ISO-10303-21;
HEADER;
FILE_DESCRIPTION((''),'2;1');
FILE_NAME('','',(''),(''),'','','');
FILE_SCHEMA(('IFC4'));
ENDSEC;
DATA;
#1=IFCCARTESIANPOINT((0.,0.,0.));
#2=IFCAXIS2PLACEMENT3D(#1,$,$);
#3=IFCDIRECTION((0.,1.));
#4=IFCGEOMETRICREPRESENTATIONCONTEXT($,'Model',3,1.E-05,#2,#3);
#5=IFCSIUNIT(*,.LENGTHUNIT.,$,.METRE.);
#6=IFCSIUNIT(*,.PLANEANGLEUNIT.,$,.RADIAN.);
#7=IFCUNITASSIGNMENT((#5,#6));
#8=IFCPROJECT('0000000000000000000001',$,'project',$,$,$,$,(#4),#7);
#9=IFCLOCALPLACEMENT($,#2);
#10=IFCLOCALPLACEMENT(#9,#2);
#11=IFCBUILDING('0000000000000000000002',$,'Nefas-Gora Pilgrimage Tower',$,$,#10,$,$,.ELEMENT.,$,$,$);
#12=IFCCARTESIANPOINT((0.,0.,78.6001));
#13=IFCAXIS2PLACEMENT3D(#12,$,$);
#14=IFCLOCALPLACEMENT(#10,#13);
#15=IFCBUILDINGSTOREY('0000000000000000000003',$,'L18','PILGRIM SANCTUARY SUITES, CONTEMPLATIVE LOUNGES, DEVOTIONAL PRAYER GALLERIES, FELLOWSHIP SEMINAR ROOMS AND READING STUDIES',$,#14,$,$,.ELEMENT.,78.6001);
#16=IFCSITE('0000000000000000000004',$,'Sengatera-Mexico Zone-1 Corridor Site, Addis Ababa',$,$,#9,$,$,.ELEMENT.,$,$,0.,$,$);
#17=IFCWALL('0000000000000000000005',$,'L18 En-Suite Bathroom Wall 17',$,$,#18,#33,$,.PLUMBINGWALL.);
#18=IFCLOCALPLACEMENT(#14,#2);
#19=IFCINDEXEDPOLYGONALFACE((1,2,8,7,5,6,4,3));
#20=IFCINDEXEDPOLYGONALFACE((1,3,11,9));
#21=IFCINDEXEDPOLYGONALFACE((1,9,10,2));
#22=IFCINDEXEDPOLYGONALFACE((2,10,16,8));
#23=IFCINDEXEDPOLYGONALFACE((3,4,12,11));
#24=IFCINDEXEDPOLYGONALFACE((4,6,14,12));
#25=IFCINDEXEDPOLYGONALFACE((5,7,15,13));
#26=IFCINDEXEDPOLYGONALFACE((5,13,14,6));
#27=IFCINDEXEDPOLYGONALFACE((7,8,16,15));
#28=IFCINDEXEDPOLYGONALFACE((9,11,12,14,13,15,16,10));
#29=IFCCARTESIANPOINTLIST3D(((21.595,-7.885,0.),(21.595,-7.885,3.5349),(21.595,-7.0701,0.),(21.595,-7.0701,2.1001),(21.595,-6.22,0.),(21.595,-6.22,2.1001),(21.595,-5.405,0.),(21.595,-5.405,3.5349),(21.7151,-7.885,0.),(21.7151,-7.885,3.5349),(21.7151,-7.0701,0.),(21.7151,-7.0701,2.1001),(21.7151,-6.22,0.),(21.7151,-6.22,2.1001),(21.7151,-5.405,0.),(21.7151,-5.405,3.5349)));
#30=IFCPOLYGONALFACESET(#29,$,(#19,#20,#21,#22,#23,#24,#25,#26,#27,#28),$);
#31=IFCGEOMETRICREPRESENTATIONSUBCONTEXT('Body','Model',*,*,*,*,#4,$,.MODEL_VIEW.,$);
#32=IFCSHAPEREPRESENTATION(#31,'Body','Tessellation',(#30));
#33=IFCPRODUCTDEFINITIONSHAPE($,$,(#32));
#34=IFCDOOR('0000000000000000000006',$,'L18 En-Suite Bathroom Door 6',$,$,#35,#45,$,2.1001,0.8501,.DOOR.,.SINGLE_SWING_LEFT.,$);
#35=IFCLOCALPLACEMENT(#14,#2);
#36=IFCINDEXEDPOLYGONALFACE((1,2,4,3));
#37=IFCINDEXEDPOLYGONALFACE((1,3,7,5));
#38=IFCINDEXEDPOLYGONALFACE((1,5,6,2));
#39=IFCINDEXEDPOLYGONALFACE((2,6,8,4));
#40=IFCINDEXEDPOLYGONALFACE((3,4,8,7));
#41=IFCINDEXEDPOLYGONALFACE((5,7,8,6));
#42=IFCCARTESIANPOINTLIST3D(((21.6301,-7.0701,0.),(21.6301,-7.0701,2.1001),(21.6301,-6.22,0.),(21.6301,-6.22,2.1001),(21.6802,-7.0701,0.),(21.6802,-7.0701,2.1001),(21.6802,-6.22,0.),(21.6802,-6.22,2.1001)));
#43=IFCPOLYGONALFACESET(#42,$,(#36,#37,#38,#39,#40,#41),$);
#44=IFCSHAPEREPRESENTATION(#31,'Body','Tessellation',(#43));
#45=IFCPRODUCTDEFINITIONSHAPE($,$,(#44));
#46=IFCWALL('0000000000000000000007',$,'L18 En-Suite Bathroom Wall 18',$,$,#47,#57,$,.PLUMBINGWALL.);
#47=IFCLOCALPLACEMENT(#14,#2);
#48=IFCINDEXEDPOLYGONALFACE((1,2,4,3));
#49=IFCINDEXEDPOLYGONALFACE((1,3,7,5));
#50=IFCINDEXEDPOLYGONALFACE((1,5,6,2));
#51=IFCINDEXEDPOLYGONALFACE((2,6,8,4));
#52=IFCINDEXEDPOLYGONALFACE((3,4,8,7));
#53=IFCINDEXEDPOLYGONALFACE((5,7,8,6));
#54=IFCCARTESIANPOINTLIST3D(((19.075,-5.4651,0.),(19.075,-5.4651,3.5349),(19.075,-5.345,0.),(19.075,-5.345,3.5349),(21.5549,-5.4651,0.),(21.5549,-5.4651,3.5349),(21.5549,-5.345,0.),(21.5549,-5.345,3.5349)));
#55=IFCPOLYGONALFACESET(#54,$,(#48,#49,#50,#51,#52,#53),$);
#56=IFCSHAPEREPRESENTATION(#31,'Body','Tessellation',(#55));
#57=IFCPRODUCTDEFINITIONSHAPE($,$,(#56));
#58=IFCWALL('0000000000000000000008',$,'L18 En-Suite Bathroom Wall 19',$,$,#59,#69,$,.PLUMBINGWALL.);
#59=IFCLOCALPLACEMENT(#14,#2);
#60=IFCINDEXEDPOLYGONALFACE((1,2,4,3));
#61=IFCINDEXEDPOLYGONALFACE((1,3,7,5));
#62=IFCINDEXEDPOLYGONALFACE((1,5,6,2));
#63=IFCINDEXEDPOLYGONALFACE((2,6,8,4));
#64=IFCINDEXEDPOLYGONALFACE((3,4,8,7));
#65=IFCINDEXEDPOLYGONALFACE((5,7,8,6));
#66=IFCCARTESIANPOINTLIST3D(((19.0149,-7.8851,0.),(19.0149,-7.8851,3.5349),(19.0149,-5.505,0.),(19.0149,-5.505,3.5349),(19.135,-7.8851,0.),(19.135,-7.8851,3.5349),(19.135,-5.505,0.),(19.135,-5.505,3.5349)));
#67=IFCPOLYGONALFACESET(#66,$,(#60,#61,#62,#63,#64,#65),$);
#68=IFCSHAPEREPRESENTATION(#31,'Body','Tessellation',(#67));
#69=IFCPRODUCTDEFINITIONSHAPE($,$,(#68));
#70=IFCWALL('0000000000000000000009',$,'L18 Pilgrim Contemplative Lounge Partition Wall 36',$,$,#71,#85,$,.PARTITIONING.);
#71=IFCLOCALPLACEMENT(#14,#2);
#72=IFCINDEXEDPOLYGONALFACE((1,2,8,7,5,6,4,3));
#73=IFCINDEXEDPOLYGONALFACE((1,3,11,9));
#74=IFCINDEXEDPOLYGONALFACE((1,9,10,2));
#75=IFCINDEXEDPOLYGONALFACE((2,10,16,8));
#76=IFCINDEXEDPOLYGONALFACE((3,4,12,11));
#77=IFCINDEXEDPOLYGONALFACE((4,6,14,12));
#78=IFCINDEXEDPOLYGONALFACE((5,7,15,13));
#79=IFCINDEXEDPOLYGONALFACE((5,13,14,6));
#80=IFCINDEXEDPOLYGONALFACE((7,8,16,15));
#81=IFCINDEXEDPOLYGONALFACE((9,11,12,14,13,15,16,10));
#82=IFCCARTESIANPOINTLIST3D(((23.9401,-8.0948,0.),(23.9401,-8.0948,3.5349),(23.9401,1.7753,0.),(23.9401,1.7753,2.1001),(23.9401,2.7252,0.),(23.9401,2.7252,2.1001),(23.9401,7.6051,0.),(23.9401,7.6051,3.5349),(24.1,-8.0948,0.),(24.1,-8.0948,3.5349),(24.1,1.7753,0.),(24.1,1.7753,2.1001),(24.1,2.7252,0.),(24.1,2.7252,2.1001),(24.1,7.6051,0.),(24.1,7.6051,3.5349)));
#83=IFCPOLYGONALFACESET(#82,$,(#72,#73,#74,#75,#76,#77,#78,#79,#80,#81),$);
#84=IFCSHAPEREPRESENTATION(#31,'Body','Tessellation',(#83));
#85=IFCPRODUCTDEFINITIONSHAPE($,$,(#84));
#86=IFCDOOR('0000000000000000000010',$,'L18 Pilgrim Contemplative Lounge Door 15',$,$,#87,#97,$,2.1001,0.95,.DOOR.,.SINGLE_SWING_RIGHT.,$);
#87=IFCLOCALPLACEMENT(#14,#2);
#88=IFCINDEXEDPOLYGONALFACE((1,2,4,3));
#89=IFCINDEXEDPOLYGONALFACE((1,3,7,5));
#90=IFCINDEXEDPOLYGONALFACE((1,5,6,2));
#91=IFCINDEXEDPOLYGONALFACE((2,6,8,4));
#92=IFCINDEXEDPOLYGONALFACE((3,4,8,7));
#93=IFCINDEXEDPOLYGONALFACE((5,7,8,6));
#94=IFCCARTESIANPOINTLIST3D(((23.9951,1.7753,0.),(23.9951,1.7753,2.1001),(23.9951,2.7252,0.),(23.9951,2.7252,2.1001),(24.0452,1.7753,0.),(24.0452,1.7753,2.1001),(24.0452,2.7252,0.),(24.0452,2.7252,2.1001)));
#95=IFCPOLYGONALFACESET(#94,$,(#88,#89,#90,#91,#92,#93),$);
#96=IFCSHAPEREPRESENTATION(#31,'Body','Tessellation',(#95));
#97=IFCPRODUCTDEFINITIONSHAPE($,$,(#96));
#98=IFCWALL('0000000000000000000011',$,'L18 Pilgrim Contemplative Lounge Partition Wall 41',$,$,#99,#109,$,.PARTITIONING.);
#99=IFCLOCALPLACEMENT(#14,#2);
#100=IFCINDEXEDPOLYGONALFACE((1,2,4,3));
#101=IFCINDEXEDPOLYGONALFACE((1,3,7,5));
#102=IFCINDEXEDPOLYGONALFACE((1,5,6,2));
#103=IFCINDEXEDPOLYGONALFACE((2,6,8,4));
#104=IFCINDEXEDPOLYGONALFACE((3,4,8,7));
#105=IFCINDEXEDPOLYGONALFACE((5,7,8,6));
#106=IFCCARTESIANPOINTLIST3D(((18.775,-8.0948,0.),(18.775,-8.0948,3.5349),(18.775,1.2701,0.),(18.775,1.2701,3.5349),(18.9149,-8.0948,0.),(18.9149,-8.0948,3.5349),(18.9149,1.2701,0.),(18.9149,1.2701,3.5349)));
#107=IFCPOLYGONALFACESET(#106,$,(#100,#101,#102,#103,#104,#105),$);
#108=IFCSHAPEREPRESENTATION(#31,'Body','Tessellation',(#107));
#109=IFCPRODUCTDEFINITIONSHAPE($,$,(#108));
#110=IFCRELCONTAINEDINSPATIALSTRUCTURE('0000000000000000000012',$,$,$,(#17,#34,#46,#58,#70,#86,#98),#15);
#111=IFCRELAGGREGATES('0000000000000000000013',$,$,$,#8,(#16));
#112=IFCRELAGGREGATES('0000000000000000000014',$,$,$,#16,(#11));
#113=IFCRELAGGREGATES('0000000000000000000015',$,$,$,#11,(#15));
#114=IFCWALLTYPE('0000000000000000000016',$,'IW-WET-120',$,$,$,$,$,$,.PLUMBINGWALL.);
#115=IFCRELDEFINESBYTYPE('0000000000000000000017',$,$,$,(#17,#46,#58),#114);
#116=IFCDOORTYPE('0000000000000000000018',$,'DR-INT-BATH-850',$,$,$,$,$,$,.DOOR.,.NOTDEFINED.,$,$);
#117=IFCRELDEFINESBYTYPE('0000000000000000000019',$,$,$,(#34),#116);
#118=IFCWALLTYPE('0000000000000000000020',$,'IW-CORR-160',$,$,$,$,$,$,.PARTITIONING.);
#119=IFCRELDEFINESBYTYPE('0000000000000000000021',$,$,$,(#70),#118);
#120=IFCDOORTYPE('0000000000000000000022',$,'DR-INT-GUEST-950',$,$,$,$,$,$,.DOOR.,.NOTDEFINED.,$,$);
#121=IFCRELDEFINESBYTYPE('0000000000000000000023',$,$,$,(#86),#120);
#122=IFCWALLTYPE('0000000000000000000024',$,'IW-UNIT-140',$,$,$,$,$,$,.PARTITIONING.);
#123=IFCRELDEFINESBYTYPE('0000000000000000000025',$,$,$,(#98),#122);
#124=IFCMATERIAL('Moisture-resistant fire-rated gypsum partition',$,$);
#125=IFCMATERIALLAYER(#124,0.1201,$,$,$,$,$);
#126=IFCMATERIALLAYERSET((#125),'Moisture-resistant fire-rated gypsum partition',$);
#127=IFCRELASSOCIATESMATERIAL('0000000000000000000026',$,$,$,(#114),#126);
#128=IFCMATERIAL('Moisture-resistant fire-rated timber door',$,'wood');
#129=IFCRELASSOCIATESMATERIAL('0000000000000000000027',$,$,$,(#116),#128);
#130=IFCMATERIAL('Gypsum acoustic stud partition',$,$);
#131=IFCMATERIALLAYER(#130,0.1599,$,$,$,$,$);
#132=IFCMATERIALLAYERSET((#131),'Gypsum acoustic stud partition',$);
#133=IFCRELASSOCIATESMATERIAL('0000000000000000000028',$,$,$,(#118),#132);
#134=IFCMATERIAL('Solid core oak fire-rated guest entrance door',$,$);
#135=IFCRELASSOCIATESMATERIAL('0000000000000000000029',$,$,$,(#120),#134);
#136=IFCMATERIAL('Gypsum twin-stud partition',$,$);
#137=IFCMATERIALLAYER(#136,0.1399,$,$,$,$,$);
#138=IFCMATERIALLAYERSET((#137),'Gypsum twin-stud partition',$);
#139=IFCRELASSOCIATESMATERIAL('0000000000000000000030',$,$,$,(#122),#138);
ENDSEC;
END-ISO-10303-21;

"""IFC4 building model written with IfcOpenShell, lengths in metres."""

from ifc_helpers import new_model, si_unit, direction, frame, frame_2d, origin, place, context, subcontext, project, spatial, rectangle, extrude, source, transform, mapped, material, layer, layer_set, type_object, element, fill, save


model = new_model("IFC4")

# Units and contexts
model_context = context("Model", 3, precision=1e-05, world=origin(), true_north=direction((0.0, 1.0)))
body_context = subcontext(model_context, "Body", "Model", "MODEL_VIEW")
ifc_project = project(units=[si_unit("LENGTHUNIT", "METRE"), si_unit("PLANEANGLEUNIT", "RADIAN")], contexts=[model_context])

# Site, building, storey
site_placement = place(None, origin())
site = spatial("IfcSite", under=ifc_project, at=site_placement, Name="Sengatera-Mexico Zone-1 Corridor Site, Addis Ababa", CompositionType="ELEMENT", RefElevation=0.0)
building_placement = place(site_placement, origin())
building = spatial("IfcBuilding", under=site, at=building_placement, Name="Nefas-Gora Pilgrimage Tower", CompositionType="ELEMENT")
storey_placement = place(building_placement, frame((0.0, 0.0, 78.6001)))
storey = spatial("IfcBuildingStorey", under=building, at=storey_placement, Name="L18", Description="PILGRIM SANCTUARY SUITES, CONTEMPLATIVE LOUNGES, DEVOTIONAL PRAYER GALLERIES, FELLOWSHIP SEMINAR ROOMS AND READING STUDIES", CompositionType="ELEMENT", Elevation=78.6001)

# Shared definitions
ifc_material_1 = material(Name="Moisture-resistant fire-rated gypsum partition")
ifc_layer_1 = layer(ifc_material_1, 0.1201)
ifc_layer_set_1 = layer_set([ifc_layer_1], Name="Moisture-resistant fire-rated gypsum partition")
wall_type_1 = type_object("IfcWallType", Name="IW-WET-120", PredefinedType="PLUMBINGWALL", material=ifc_layer_set_1)

# Wall, opening, door
shared_shape_1 = source(origin(), body_context, "Body", "SweptSolid", [
    extrude(rectangle(XDim=2.48, YDim=0.1201, at=frame_2d((1.24, 0.0))), origin(), (0.0, 0.0, 1.0), 3.5349),
])
wall_1_placement = place(storey_placement, frame((21.655, -7.885, 0.0), z_axis=(0.0, 0.0, 1.0), x_axis=(0.0, 1.0, 0.0)))
wall_1 = element("IfcWall", 1, at=wall_1_placement, inside=storey, type_object=wall_type_1, Name="L18 En-Suite Bathroom Wall 17", PredefinedType="PLUMBINGWALL", context=body_context, shape_type="MappedRepresentation", body=[
    mapped(shared_shape_1, transform((0.0, 0.0, 0.0), x_axis=(1.0, 0.0, 0.0), y_axis=(0.0, 1.0, 0.0), z_axis=(0.0, 0.0, 1.0), scale=1.0)),
])
opening_1_placement = place(wall_1_placement, frame((0.8149, 0.0, 0.0)))
opening_1 = element("IfcOpeningElement", 2, at=opening_1_placement, cuts=wall_1, PredefinedType="OPENING", context=body_context, shape_type="SweptSolid", body=[
    extrude(rectangle(XDim=0.8501, YDim=2.1001, at=frame_2d((0.425, 1.05))), frame((0.0, 0.0701, 0.0), z_axis=(0.0, -1.0, 0.0), x_axis=(1.0, 0.0, 0.0)), (0.0, 0.0, 1.0), 0.1401),
])
ifc_material_2 = material(Name="Moisture-resistant fire-rated timber door", Category="wood")
door_type_1 = type_object("IfcDoorType", Name="DR-INT-BATH-850", OperationType="NOTDEFINED", PredefinedType="DOOR", material=ifc_material_2)
shared_shape_2 = source(origin(), body_context, "Body", "SweptSolid", [
    extrude(rectangle(XDim=0.8501, YDim=2.1001, at=frame_2d((0.425, 1.05))), frame((0.0, 0.0249, 0.0), z_axis=(0.0, -1.0, 0.0), x_axis=(1.0, 0.0, 0.0)), (0.0, 0.0, 1.0), 0.05),
])
door_1_placement = place(opening_1_placement, origin())
door_1 = element("IfcDoor", 3, at=door_1_placement, inside=storey, type_object=door_type_1, Name="L18 En-Suite Bathroom Door 6", OperationType="SINGLE_SWING_LEFT", OverallHeight=2.1001, OverallWidth=0.8501, PredefinedType="DOOR", context=body_context, shape_type="MappedRepresentation", body=[
    mapped(shared_shape_2, transform((0.0, 0.0, 0.0), x_axis=(1.0, 0.0, 0.0), y_axis=(0.0, 1.0, 0.0), z_axis=(0.0, 0.0, 1.0), scale=1.0)),
])
fill(opening_1, door_1)

# Walls
wall_2_placement = place(storey_placement, frame((19.075, -5.405, 0.0), z_axis=(0.0, 0.0, 1.0), x_axis=(1.0, 0.0, 0.0)))
element("IfcWall", 4, at=wall_2_placement, inside=storey, type_object=wall_type_1, Name="L18 En-Suite Bathroom Wall 18", PredefinedType="PLUMBINGWALL", context=body_context, shape_type="MappedRepresentation", body=[
    mapped(shared_shape_1, transform((0.0, 0.0, 0.0), x_axis=(1.0, 0.0, 0.0), y_axis=(0.0, 1.0, 0.0), z_axis=(0.0, 0.0, 1.0), scale=1.0)),
])
shared_shape_3 = source(origin(), body_context, "Body", "SweptSolid", [
    extrude(rectangle(XDim=2.3801, YDim=0.1201, at=frame_2d((1.1899, 0.0))), origin(), (0.0, 0.0, 1.0), 3.5349),
])
wall_3_placement = place(storey_placement, frame((19.075, -7.885, 0.0), z_axis=(0.0, 0.0, 1.0), x_axis=(0.0, 1.0, 0.0)))
element("IfcWall", 5, at=wall_3_placement, inside=storey, type_object=wall_type_1, Name="L18 En-Suite Bathroom Wall 19", PredefinedType="PLUMBINGWALL", context=body_context, shape_type="MappedRepresentation", body=[
    mapped(shared_shape_3, transform((0.0, 0.0, 0.0), x_axis=(1.0, 0.0, 0.0), y_axis=(0.0, 1.0, 0.0), z_axis=(0.0, 0.0, 1.0), scale=1.0)),
])

# Wall, opening, door
ifc_material_3 = material(Name="Gypsum acoustic stud partition")
ifc_layer_2 = layer(ifc_material_3, 0.1599)
ifc_layer_set_2 = layer_set([ifc_layer_2], Name="Gypsum acoustic stud partition")
wall_type_2 = type_object("IfcWallType", Name="IW-CORR-160", PredefinedType="PARTITIONING", material=ifc_layer_set_2)
shared_shape_4 = source(origin(), body_context, "Body", "SweptSolid", [
    extrude(rectangle(XDim=15.7, YDim=0.1599, at=frame_2d((7.8501, 0.0))), origin(), (0.0, 0.0, 1.0), 3.5349),
])
wall_4_placement = place(storey_placement, frame((24.02, -8.095, 0.0), z_axis=(0.0, 0.0, 1.0), x_axis=(0.0, 1.0, 0.0)))
wall_4 = element("IfcWall", 6, at=wall_4_placement, inside=storey, type_object=wall_type_2, Name="L18 Pilgrim Contemplative Lounge Partition Wall 36", PredefinedType="PARTITIONING", context=body_context, shape_type="MappedRepresentation", body=[
    mapped(shared_shape_4, transform((0.0, 0.0, 0.0), x_axis=(1.0, 0.0, 0.0), y_axis=(0.0, 1.0, 0.0), z_axis=(0.0, 0.0, 1.0), scale=1.0)),
])
opening_2_placement = place(wall_4_placement, frame((9.8701, 0.0, 0.0)))
opening_2 = element("IfcOpeningElement", 7, at=opening_2_placement, cuts=wall_4, PredefinedType="OPENING", context=body_context, shape_type="SweptSolid", body=[
    extrude(rectangle(XDim=0.95, YDim=2.1001, at=frame_2d((0.4751, 1.05))), frame((0.0, 0.0898, 0.0), z_axis=(0.0, -1.0, 0.0), x_axis=(1.0, 0.0, 0.0)), (0.0, 0.0, 1.0), 0.1799),
])
ifc_material_4 = material(Name="Solid core oak fire-rated guest entrance door")
door_type_2 = type_object("IfcDoorType", Name="DR-INT-GUEST-950", OperationType="NOTDEFINED", PredefinedType="DOOR", material=ifc_material_4)
shared_shape_5 = source(origin(), body_context, "Body", "SweptSolid", [
    extrude(rectangle(XDim=0.95, YDim=2.1001, at=frame_2d((0.4751, 1.05))), frame((0.0, 0.0249, 0.0), z_axis=(0.0, -1.0, 0.0), x_axis=(1.0, 0.0, 0.0)), (0.0, 0.0, 1.0), 0.05),
])
door_2_placement = place(opening_2_placement, origin())
door_2 = element("IfcDoor", 8, at=door_2_placement, inside=storey, type_object=door_type_2, Name="L18 Pilgrim Contemplative Lounge Door 15", OperationType="SINGLE_SWING_RIGHT", OverallHeight=2.1001, OverallWidth=0.95, PredefinedType="DOOR", context=body_context, shape_type="MappedRepresentation", body=[
    mapped(shared_shape_5, transform((0.0, 0.0, 0.0), x_axis=(1.0, 0.0, 0.0), y_axis=(0.0, 1.0, 0.0), z_axis=(0.0, 0.0, 1.0), scale=1.0)),
])
fill(opening_2, door_2)

# Wall
ifc_material_5 = material(Name="Gypsum twin-stud partition")
ifc_layer_3 = layer(ifc_material_5, 0.1399)
ifc_layer_set_3 = layer_set([ifc_layer_3], Name="Gypsum twin-stud partition")
wall_type_3 = type_object("IfcWallType", Name="IW-UNIT-140", PredefinedType="PARTITIONING", material=ifc_layer_set_3)
shared_shape_6 = source(origin(), body_context, "Body", "SweptSolid", [
    extrude(rectangle(XDim=9.365, YDim=0.1399, at=frame_2d((4.6826, 0.0))), origin(), (0.0, 0.0, 1.0), 3.5349),
])
wall_5_placement = place(storey_placement, frame((18.845, -8.095, 0.0), z_axis=(0.0, 0.0, 1.0), x_axis=(0.0, 1.0, 0.0)))
element("IfcWall", 9, at=wall_5_placement, inside=storey, type_object=wall_type_3, Name="L18 Pilgrim Contemplative Lounge Partition Wall 41", PredefinedType="PARTITIONING", context=body_context, shape_type="MappedRepresentation", body=[
    mapped(shared_shape_6, transform((0.0, 0.0, 0.0), x_axis=(1.0, 0.0, 0.0), y_axis=(0.0, 1.0, 0.0), z_axis=(0.0, 0.0, 1.0), scale=1.0)),
])

save(model, "model.ifc")
